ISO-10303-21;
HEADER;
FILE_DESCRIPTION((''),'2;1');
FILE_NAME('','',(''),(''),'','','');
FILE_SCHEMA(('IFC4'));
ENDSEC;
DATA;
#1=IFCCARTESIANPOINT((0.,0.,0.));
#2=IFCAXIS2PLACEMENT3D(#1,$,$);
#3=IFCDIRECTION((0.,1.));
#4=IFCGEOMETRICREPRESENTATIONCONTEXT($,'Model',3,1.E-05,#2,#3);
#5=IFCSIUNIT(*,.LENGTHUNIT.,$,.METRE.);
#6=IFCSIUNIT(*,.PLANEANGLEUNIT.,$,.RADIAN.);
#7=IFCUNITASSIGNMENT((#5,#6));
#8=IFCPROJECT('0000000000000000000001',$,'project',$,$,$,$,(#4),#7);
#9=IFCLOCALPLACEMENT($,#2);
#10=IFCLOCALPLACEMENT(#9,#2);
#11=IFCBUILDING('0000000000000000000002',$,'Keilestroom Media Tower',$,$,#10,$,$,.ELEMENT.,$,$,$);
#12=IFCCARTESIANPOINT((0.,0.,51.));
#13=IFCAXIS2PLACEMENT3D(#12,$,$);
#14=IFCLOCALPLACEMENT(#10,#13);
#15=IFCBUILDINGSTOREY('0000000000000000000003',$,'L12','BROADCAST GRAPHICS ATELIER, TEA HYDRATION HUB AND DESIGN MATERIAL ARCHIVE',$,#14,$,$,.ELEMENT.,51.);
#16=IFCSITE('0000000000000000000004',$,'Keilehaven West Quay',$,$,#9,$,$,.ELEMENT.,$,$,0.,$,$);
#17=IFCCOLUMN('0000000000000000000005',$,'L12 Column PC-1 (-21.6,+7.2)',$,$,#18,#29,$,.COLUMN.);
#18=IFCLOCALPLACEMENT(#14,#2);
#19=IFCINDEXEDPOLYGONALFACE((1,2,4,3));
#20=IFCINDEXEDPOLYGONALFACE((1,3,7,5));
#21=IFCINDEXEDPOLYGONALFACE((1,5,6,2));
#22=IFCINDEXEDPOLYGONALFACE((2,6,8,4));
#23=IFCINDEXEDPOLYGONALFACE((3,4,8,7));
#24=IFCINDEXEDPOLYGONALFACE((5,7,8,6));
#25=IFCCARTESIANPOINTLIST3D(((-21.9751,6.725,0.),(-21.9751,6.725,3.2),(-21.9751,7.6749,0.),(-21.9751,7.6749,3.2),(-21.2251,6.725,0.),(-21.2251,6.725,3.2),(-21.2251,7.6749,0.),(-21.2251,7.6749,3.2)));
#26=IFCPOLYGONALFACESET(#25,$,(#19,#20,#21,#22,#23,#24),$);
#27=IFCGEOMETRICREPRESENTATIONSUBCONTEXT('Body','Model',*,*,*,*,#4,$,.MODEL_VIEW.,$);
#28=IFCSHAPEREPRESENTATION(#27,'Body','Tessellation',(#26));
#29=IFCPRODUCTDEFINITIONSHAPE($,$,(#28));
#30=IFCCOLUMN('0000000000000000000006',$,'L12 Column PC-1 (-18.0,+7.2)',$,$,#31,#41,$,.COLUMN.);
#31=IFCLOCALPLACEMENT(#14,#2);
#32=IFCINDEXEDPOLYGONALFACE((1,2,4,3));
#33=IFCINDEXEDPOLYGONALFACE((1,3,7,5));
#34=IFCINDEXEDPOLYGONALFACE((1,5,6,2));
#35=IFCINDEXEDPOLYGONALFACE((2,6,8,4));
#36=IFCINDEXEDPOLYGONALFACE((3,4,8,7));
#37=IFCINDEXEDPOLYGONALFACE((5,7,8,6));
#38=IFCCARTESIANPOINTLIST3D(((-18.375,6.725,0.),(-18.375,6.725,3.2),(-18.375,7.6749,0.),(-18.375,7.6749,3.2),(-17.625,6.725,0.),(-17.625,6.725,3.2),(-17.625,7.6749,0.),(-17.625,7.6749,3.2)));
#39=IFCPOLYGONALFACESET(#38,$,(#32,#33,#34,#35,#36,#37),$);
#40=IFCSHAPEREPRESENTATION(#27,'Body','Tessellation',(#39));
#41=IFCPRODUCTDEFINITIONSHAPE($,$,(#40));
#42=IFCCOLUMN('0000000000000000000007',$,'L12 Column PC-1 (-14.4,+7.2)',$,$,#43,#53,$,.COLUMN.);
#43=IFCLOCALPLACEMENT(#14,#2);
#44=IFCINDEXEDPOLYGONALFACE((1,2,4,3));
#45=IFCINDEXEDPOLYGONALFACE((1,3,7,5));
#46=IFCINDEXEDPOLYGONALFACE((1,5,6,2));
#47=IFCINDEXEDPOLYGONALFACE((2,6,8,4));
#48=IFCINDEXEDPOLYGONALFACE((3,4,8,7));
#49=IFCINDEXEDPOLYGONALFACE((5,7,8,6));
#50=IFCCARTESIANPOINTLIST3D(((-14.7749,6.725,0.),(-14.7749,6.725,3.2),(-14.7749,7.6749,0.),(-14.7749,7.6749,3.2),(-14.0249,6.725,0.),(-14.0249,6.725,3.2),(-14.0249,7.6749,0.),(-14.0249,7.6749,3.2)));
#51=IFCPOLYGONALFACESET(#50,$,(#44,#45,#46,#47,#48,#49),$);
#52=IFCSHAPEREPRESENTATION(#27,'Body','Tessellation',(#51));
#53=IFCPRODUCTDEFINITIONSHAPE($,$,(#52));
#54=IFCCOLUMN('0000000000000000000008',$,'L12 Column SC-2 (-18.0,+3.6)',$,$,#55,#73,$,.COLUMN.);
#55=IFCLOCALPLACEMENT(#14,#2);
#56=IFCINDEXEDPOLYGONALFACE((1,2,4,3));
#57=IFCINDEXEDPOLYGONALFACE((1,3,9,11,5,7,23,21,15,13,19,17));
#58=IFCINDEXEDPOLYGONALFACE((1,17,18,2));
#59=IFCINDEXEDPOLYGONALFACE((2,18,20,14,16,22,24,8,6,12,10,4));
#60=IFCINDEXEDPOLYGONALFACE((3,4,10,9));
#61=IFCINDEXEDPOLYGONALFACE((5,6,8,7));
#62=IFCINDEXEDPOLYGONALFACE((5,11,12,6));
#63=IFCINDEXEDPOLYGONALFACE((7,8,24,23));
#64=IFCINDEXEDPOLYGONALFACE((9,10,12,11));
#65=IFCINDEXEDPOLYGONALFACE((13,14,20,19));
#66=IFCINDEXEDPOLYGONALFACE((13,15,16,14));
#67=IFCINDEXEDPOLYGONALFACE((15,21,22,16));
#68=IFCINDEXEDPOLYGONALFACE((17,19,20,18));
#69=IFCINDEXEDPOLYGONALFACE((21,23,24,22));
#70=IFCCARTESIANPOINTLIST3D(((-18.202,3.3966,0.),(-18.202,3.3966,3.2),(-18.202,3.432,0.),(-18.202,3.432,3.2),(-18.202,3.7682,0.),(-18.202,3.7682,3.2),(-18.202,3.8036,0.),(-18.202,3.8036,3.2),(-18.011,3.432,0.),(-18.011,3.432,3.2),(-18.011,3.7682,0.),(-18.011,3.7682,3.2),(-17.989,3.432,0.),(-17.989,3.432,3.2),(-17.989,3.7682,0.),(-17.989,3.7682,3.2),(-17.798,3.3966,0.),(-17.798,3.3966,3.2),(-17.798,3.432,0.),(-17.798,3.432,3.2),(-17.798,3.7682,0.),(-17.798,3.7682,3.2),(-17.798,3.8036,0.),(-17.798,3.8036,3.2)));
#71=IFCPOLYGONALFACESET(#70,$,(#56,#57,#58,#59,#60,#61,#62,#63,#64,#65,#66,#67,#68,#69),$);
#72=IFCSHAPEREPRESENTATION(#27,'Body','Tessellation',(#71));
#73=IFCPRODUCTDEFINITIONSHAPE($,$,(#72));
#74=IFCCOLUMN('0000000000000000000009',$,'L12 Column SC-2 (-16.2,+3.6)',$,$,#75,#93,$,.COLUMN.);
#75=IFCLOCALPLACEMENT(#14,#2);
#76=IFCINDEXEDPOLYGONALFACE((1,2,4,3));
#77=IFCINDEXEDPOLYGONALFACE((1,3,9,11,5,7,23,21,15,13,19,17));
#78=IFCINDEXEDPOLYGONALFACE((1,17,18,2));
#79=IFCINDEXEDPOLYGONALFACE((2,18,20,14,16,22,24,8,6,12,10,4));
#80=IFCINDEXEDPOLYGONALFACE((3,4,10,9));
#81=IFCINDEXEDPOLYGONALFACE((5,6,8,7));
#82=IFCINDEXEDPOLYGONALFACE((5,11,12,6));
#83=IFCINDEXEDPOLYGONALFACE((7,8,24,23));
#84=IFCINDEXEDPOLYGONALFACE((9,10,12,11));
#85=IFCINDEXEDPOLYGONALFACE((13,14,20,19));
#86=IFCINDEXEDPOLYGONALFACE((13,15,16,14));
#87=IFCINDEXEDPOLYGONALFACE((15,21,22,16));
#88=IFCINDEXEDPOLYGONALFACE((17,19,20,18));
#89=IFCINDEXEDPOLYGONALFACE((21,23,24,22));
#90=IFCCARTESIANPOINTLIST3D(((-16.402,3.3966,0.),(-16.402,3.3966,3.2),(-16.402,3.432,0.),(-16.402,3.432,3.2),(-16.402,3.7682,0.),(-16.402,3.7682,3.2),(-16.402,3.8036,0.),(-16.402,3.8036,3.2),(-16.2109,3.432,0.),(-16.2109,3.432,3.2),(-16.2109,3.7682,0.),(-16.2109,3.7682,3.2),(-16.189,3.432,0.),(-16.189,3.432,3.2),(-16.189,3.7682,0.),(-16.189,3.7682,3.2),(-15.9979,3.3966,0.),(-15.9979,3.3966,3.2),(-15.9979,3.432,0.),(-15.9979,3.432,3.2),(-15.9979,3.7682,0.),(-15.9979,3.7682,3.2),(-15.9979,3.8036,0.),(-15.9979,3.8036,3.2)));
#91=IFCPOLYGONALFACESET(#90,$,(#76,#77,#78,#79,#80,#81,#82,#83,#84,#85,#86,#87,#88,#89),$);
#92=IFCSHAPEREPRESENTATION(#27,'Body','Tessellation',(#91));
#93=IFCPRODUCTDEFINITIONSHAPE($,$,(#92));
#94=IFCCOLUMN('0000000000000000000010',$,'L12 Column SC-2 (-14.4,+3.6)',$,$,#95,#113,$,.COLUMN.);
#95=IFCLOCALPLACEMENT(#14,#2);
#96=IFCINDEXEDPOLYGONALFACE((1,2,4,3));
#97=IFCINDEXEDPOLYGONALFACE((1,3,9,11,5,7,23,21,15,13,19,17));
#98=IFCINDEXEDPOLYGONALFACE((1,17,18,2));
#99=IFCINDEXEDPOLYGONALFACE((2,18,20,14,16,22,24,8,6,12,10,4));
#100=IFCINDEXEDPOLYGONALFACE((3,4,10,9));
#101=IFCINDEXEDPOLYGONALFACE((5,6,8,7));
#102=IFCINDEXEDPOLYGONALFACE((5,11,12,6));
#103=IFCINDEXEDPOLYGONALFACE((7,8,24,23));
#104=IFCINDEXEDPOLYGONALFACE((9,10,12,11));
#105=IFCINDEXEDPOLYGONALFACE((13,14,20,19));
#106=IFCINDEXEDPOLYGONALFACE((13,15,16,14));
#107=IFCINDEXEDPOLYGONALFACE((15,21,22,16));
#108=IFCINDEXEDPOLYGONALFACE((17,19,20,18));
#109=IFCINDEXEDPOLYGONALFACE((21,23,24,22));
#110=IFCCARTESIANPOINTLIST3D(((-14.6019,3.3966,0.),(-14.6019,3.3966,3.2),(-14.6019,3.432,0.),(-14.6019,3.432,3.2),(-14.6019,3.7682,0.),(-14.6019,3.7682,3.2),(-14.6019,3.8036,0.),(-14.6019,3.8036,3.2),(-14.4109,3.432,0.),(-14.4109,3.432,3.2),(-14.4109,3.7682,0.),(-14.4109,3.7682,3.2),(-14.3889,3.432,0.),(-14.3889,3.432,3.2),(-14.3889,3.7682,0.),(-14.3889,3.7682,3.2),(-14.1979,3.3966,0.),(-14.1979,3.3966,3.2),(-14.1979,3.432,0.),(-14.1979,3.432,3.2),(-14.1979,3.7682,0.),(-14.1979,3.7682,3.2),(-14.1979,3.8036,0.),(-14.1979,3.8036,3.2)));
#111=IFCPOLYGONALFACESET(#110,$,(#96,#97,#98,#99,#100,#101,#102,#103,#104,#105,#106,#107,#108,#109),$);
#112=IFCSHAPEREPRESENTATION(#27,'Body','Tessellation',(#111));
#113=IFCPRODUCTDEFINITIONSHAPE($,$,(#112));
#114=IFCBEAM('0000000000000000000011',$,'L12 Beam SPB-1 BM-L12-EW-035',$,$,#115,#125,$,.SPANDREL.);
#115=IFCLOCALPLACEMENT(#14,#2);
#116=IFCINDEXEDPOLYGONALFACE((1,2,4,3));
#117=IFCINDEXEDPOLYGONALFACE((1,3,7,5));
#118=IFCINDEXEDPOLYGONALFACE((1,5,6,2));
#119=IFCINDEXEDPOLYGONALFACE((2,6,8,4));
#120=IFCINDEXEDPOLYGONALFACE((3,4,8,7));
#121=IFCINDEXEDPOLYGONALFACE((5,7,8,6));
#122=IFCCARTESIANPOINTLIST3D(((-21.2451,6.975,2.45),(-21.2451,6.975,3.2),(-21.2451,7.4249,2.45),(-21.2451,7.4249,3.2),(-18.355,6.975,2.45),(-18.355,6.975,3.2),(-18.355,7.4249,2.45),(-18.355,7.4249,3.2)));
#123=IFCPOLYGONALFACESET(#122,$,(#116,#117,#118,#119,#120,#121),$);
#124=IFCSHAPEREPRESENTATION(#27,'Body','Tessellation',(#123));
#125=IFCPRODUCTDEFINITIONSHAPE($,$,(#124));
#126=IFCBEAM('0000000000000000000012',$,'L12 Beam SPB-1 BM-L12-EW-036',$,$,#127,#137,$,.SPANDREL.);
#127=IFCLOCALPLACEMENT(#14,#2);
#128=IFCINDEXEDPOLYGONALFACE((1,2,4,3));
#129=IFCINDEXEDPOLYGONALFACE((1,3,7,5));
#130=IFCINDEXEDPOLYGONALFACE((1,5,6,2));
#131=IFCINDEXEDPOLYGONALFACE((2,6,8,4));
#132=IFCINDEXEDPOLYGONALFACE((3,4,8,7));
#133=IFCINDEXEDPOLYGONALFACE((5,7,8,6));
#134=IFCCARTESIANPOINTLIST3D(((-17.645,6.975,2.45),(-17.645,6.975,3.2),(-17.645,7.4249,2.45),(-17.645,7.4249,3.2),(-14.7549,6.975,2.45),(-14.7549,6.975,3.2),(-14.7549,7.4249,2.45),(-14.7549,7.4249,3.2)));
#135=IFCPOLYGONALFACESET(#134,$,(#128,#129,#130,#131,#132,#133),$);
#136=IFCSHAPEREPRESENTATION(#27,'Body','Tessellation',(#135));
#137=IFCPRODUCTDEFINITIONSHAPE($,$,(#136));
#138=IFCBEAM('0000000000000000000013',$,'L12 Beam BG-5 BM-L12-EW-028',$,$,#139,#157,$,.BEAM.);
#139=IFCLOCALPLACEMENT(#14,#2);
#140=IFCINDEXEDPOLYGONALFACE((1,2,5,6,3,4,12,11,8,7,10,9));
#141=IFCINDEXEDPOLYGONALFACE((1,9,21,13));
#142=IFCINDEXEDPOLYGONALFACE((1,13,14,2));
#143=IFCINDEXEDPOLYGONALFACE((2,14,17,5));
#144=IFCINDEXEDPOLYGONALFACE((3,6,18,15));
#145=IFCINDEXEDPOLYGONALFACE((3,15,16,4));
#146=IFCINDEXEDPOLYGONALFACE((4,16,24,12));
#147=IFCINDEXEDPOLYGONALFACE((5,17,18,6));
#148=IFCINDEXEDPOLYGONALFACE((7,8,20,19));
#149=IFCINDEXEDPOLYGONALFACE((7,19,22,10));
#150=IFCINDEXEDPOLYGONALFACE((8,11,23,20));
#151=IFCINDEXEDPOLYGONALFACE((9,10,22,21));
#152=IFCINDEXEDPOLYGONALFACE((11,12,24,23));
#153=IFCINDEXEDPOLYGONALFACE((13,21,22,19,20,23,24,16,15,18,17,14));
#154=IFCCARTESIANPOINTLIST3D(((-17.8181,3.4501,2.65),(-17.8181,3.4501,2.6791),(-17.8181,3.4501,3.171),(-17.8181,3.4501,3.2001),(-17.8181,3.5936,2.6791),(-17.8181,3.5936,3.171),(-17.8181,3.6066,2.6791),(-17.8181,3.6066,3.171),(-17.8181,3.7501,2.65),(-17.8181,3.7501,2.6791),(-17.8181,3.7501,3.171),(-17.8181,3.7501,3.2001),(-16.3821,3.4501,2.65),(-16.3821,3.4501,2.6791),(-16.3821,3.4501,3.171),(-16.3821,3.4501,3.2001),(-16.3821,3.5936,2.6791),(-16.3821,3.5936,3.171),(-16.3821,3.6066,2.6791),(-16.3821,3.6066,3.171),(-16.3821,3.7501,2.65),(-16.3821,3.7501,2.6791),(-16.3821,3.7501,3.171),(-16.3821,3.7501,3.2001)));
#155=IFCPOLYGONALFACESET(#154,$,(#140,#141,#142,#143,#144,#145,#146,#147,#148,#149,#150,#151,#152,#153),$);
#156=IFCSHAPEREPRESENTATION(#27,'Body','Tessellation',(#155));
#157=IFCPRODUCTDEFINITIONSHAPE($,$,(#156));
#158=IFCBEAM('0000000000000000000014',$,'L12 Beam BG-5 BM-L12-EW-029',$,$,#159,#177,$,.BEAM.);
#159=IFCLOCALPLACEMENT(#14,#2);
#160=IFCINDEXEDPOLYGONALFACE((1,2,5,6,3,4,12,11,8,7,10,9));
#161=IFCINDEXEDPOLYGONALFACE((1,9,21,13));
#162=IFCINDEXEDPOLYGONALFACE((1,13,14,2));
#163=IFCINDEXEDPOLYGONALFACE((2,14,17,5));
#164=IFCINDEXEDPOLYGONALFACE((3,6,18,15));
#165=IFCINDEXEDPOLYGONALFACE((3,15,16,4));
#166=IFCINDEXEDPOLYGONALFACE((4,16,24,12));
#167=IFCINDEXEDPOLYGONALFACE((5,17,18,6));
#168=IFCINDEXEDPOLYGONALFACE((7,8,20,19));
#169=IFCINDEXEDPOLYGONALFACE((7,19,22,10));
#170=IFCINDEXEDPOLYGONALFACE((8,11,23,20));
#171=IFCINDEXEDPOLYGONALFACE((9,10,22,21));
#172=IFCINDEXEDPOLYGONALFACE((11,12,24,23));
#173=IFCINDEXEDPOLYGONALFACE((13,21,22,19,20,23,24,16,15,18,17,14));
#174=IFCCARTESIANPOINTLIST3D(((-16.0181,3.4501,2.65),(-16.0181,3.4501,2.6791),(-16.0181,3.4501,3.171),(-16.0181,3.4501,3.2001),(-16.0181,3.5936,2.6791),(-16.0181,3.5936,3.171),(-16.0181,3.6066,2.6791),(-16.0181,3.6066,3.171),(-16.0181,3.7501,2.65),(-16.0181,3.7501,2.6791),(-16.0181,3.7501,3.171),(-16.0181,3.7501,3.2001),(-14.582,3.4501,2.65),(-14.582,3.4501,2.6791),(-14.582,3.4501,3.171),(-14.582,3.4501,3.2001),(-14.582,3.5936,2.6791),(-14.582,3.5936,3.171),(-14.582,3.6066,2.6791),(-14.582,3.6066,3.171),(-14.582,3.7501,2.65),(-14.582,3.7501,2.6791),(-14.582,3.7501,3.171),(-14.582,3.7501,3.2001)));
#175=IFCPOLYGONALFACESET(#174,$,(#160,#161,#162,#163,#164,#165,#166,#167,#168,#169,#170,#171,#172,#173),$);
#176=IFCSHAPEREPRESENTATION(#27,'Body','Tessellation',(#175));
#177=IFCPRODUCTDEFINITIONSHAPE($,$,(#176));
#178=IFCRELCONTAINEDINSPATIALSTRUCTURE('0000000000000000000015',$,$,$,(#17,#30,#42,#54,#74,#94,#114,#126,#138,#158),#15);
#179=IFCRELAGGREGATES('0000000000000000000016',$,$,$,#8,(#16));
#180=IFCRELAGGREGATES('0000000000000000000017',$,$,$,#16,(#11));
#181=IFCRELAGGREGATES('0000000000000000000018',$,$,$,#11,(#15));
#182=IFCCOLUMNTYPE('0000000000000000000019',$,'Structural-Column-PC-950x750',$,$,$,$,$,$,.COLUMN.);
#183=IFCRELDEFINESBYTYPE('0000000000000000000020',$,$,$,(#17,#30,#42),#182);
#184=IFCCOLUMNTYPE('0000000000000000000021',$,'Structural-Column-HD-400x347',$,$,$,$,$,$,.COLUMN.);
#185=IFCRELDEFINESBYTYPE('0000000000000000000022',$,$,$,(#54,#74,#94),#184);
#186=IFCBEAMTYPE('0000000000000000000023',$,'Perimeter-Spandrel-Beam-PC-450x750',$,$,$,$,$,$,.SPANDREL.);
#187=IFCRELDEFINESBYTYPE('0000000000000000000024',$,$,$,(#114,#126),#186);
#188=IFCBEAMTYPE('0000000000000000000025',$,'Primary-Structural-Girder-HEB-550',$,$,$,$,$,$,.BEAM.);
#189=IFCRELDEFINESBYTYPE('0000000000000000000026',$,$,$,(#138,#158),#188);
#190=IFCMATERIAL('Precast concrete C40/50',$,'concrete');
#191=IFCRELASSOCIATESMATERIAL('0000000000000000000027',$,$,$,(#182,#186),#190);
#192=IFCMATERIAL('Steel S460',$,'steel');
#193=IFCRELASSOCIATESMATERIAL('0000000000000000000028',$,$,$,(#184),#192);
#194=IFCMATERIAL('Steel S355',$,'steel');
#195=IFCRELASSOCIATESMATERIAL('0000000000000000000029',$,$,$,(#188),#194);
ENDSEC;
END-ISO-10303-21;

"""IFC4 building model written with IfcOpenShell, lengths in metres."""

from ifc_helpers import new_model, si_unit, direction, frame, origin, origin_2d, place, context, subcontext, project, spatial, rectangle, i_section, extrude, source, transform, mapped, material, material_profile, profile_set, type_object, element, save


model = new_model("IFC4")

# Units and contexts
model_context = context("Model", 3, precision=1e-05, world=origin(), true_north=direction((0.0, 1.0)))
body_context = subcontext(model_context, "Body", "Model", "MODEL_VIEW")
ifc_project = project(units=[si_unit("LENGTHUNIT", "METRE"), si_unit("PLANEANGLEUNIT", "RADIAN")], contexts=[model_context])

# Site, building, storey
site_placement = place(None, origin())
site = spatial("IfcSite", under=ifc_project, at=site_placement, Name="Keilehaven West Quay", CompositionType="ELEMENT", RefElevation=0.0)
building_placement = place(site_placement, origin())
building = spatial("IfcBuilding", under=site, at=building_placement, Name="Keilestroom Media Tower", CompositionType="ELEMENT")
storey_placement = place(building_placement, frame((0.0, 0.0, 51.0)))
storey = spatial("IfcBuildingStorey", under=building, at=storey_placement, Name="L12", Description="BROADCAST GRAPHICS ATELIER, TEA HYDRATION HUB AND DESIGN MATERIAL ARCHIVE", CompositionType="ELEMENT", Elevation=51.0)

# Columns
ifc_material_1 = material(Name="Precast concrete C40/50", Category="concrete")
ifc_material_profile_1 = material_profile(ifc_material_1, rectangle(XDim=0.75, YDim=0.95, at=origin_2d()), Name="PC 950x750")
ifc_profile_set_1 = profile_set([ifc_material_profile_1], Name="Precast concrete C40/50")
column_type_1 = type_object("IfcColumnType", Name="Structural-Column-PC-950x750", PredefinedType="COLUMN", material=ifc_profile_set_1)
shared_shape_1 = source(origin(), body_context, "Body", "SweptSolid", [
    extrude(rectangle(XDim=0.75, YDim=0.95, at=origin_2d()), origin(), (0.0, 0.0, 1.0), 3.2),
])
for number, where, z_axis, x_axis, name in (
    (1, (-21.6001, 7.2, 0.0), (0.0, 0.0, 1.0), (1.0, 0.0, 0.0), "L12 Column PC-1 (-21.6,+7.2)"),
    (2, (-18.0, 7.2, 0.0), (0.0, 0.0, 1.0), (1.0, 0.0, 0.0), "L12 Column PC-1 (-18.0,+7.2)"),
    (3, (-14.3999, 7.2, 0.0), (0.0, 0.0, 1.0), (1.0, 0.0, 0.0), "L12 Column PC-1 (-14.4,+7.2)"),
):
    element("IfcColumn", number, at=place(storey_placement, frame(where, z_axis=z_axis, x_axis=x_axis)), inside=storey, type_object=column_type_1, Name=name, PredefinedType="COLUMN", context=body_context, shape_type="MappedRepresentation", body=[
        mapped(shared_shape_1, transform((0.0, 0.0, 0.0), x_axis=(1.0, 0.0, 0.0), y_axis=(0.0, 1.0, 0.0), z_axis=(0.0, 0.0, 1.0), scale=1.0)),
    ])
ifc_material_2 = material(Name="Steel S460", Category="steel")
ifc_material_profile_2 = material_profile(ifc_material_2, i_section(OverallWidth=0.4041, OverallDepth=0.407, WebThickness=0.022, FlangeThickness=0.0354, at=origin_2d()), Name="HD 400x347")
ifc_profile_set_2 = profile_set([ifc_material_profile_2], Name="Steel S460")
column_type_2 = type_object("IfcColumnType", Name="Structural-Column-HD-400x347", PredefinedType="COLUMN", material=ifc_profile_set_2)
shared_shape_2 = source(origin(), body_context, "Body", "SweptSolid", [
    extrude(i_section(OverallWidth=0.4041, OverallDepth=0.407, WebThickness=0.022, FlangeThickness=0.0354, at=origin_2d()), origin(), (0.0, 0.0, 1.0), 3.2),
])
for number, where, z_axis, x_axis, name in (
    (4, (-18.0, 3.6001, 0.0), (0.0, 0.0, 1.0), (1.0, 0.0, 0.0), "L12 Column SC-2 (-18.0,+3.6)"),
    (5, (-16.2, 3.6001, 0.0), (0.0, 0.0, 1.0), (1.0, 0.0, 0.0), "L12 Column SC-2 (-16.2,+3.6)"),
    (6, (-14.3999, 3.6001, 0.0), (0.0, 0.0, 1.0), (1.0, 0.0, 0.0), "L12 Column SC-2 (-14.4,+3.6)"),
):
    element("IfcColumn", number, at=place(storey_placement, frame(where, z_axis=z_axis, x_axis=x_axis)), inside=storey, type_object=column_type_2, Name=name, PredefinedType="COLUMN", context=body_context, shape_type="MappedRepresentation", body=[
        mapped(shared_shape_2, transform((0.0, 0.0, 0.0), x_axis=(1.0, 0.0, 0.0), y_axis=(0.0, 1.0, 0.0), z_axis=(0.0, 0.0, 1.0), scale=1.0)),
    ])

# Beams
ifc_material_profile_3 = material_profile(ifc_material_1, rectangle(XDim=0.45, YDim=0.75, at=origin_2d()), Name="PC 450x750")
ifc_profile_set_3 = profile_set([ifc_material_profile_3], Name="Precast concrete C40/50")
beam_type_1 = type_object("IfcBeamType", Name="Perimeter-Spandrel-Beam-PC-450x750", PredefinedType="SPANDREL", material=ifc_profile_set_3)
shared_shape_3 = source(origin(), body_context, "Body", "SweptSolid", [
    extrude(rectangle(XDim=0.45, YDim=0.75, at=origin_2d()), origin(), (0.0, 0.0, 1.0), 2.8901),
])
for number, where, z_axis, x_axis, name in (
    (7, (-21.2451, 7.2, 2.825), (1.0, 0.0, 0.0), (0.0, 1.0, 0.0), "L12 Beam SPB-1 BM-L12-EW-035"),
    (8, (-17.645, 7.2, 2.825), (1.0, 0.0, 0.0), (0.0, 1.0, 0.0), "L12 Beam SPB-1 BM-L12-EW-036"),
):
    element("IfcBeam", number, at=place(storey_placement, frame(where, z_axis=z_axis, x_axis=x_axis)), inside=storey, type_object=beam_type_1, Name=name, PredefinedType="SPANDREL", context=body_context, shape_type="MappedRepresentation", body=[
        mapped(shared_shape_3, transform((0.0, 0.0, 0.0), x_axis=(1.0, 0.0, 0.0), y_axis=(0.0, 1.0, 0.0), z_axis=(0.0, 0.0, 1.0), scale=1.0)),
    ])
ifc_material_3 = material(Name="Steel S355", Category="steel")
ifc_material_profile_4 = material_profile(ifc_material_3, i_section(OverallWidth=0.3, OverallDepth=0.55, WebThickness=0.0129, FlangeThickness=0.0291, at=origin_2d()), Name="HEB 550")
ifc_profile_set_4 = profile_set([ifc_material_profile_4], Name="Steel S355")
beam_type_2 = type_object("IfcBeamType", Name="Primary-Structural-Girder-HEB-550", PredefinedType="BEAM", material=ifc_profile_set_4)
shared_shape_4 = source(origin(), body_context, "Body", "SweptSolid", [
    extrude(i_section(OverallWidth=0.3, OverallDepth=0.55, WebThickness=0.0129, FlangeThickness=0.0291, at=origin_2d()), origin(), (0.0, 0.0, 1.0), 1.436),
])
for number, where, z_axis, x_axis, name in (
    (9, (-17.8181, 3.6001, 2.925), (1.0, 0.0, 0.0), (0.0, 1.0, 0.0), "L12 Beam BG-5 BM-L12-EW-028"),
    (10, (-16.0181, 3.6001, 2.925), (1.0, 0.0, 0.0), (0.0, 1.0, 0.0), "L12 Beam BG-5 BM-L12-EW-029"),
):
    element("IfcBeam", number, at=place(storey_placement, frame(where, z_axis=z_axis, x_axis=x_axis)), inside=storey, type_object=beam_type_2, Name=name, PredefinedType="BEAM", context=body_context, shape_type="MappedRepresentation", body=[
        mapped(shared_shape_4, transform((0.0, 0.0, 0.0), x_axis=(1.0, 0.0, 0.0), y_axis=(0.0, 1.0, 0.0), z_axis=(0.0, 0.0, 1.0), scale=1.0)),
    ])

save(model, "model.ifc")
